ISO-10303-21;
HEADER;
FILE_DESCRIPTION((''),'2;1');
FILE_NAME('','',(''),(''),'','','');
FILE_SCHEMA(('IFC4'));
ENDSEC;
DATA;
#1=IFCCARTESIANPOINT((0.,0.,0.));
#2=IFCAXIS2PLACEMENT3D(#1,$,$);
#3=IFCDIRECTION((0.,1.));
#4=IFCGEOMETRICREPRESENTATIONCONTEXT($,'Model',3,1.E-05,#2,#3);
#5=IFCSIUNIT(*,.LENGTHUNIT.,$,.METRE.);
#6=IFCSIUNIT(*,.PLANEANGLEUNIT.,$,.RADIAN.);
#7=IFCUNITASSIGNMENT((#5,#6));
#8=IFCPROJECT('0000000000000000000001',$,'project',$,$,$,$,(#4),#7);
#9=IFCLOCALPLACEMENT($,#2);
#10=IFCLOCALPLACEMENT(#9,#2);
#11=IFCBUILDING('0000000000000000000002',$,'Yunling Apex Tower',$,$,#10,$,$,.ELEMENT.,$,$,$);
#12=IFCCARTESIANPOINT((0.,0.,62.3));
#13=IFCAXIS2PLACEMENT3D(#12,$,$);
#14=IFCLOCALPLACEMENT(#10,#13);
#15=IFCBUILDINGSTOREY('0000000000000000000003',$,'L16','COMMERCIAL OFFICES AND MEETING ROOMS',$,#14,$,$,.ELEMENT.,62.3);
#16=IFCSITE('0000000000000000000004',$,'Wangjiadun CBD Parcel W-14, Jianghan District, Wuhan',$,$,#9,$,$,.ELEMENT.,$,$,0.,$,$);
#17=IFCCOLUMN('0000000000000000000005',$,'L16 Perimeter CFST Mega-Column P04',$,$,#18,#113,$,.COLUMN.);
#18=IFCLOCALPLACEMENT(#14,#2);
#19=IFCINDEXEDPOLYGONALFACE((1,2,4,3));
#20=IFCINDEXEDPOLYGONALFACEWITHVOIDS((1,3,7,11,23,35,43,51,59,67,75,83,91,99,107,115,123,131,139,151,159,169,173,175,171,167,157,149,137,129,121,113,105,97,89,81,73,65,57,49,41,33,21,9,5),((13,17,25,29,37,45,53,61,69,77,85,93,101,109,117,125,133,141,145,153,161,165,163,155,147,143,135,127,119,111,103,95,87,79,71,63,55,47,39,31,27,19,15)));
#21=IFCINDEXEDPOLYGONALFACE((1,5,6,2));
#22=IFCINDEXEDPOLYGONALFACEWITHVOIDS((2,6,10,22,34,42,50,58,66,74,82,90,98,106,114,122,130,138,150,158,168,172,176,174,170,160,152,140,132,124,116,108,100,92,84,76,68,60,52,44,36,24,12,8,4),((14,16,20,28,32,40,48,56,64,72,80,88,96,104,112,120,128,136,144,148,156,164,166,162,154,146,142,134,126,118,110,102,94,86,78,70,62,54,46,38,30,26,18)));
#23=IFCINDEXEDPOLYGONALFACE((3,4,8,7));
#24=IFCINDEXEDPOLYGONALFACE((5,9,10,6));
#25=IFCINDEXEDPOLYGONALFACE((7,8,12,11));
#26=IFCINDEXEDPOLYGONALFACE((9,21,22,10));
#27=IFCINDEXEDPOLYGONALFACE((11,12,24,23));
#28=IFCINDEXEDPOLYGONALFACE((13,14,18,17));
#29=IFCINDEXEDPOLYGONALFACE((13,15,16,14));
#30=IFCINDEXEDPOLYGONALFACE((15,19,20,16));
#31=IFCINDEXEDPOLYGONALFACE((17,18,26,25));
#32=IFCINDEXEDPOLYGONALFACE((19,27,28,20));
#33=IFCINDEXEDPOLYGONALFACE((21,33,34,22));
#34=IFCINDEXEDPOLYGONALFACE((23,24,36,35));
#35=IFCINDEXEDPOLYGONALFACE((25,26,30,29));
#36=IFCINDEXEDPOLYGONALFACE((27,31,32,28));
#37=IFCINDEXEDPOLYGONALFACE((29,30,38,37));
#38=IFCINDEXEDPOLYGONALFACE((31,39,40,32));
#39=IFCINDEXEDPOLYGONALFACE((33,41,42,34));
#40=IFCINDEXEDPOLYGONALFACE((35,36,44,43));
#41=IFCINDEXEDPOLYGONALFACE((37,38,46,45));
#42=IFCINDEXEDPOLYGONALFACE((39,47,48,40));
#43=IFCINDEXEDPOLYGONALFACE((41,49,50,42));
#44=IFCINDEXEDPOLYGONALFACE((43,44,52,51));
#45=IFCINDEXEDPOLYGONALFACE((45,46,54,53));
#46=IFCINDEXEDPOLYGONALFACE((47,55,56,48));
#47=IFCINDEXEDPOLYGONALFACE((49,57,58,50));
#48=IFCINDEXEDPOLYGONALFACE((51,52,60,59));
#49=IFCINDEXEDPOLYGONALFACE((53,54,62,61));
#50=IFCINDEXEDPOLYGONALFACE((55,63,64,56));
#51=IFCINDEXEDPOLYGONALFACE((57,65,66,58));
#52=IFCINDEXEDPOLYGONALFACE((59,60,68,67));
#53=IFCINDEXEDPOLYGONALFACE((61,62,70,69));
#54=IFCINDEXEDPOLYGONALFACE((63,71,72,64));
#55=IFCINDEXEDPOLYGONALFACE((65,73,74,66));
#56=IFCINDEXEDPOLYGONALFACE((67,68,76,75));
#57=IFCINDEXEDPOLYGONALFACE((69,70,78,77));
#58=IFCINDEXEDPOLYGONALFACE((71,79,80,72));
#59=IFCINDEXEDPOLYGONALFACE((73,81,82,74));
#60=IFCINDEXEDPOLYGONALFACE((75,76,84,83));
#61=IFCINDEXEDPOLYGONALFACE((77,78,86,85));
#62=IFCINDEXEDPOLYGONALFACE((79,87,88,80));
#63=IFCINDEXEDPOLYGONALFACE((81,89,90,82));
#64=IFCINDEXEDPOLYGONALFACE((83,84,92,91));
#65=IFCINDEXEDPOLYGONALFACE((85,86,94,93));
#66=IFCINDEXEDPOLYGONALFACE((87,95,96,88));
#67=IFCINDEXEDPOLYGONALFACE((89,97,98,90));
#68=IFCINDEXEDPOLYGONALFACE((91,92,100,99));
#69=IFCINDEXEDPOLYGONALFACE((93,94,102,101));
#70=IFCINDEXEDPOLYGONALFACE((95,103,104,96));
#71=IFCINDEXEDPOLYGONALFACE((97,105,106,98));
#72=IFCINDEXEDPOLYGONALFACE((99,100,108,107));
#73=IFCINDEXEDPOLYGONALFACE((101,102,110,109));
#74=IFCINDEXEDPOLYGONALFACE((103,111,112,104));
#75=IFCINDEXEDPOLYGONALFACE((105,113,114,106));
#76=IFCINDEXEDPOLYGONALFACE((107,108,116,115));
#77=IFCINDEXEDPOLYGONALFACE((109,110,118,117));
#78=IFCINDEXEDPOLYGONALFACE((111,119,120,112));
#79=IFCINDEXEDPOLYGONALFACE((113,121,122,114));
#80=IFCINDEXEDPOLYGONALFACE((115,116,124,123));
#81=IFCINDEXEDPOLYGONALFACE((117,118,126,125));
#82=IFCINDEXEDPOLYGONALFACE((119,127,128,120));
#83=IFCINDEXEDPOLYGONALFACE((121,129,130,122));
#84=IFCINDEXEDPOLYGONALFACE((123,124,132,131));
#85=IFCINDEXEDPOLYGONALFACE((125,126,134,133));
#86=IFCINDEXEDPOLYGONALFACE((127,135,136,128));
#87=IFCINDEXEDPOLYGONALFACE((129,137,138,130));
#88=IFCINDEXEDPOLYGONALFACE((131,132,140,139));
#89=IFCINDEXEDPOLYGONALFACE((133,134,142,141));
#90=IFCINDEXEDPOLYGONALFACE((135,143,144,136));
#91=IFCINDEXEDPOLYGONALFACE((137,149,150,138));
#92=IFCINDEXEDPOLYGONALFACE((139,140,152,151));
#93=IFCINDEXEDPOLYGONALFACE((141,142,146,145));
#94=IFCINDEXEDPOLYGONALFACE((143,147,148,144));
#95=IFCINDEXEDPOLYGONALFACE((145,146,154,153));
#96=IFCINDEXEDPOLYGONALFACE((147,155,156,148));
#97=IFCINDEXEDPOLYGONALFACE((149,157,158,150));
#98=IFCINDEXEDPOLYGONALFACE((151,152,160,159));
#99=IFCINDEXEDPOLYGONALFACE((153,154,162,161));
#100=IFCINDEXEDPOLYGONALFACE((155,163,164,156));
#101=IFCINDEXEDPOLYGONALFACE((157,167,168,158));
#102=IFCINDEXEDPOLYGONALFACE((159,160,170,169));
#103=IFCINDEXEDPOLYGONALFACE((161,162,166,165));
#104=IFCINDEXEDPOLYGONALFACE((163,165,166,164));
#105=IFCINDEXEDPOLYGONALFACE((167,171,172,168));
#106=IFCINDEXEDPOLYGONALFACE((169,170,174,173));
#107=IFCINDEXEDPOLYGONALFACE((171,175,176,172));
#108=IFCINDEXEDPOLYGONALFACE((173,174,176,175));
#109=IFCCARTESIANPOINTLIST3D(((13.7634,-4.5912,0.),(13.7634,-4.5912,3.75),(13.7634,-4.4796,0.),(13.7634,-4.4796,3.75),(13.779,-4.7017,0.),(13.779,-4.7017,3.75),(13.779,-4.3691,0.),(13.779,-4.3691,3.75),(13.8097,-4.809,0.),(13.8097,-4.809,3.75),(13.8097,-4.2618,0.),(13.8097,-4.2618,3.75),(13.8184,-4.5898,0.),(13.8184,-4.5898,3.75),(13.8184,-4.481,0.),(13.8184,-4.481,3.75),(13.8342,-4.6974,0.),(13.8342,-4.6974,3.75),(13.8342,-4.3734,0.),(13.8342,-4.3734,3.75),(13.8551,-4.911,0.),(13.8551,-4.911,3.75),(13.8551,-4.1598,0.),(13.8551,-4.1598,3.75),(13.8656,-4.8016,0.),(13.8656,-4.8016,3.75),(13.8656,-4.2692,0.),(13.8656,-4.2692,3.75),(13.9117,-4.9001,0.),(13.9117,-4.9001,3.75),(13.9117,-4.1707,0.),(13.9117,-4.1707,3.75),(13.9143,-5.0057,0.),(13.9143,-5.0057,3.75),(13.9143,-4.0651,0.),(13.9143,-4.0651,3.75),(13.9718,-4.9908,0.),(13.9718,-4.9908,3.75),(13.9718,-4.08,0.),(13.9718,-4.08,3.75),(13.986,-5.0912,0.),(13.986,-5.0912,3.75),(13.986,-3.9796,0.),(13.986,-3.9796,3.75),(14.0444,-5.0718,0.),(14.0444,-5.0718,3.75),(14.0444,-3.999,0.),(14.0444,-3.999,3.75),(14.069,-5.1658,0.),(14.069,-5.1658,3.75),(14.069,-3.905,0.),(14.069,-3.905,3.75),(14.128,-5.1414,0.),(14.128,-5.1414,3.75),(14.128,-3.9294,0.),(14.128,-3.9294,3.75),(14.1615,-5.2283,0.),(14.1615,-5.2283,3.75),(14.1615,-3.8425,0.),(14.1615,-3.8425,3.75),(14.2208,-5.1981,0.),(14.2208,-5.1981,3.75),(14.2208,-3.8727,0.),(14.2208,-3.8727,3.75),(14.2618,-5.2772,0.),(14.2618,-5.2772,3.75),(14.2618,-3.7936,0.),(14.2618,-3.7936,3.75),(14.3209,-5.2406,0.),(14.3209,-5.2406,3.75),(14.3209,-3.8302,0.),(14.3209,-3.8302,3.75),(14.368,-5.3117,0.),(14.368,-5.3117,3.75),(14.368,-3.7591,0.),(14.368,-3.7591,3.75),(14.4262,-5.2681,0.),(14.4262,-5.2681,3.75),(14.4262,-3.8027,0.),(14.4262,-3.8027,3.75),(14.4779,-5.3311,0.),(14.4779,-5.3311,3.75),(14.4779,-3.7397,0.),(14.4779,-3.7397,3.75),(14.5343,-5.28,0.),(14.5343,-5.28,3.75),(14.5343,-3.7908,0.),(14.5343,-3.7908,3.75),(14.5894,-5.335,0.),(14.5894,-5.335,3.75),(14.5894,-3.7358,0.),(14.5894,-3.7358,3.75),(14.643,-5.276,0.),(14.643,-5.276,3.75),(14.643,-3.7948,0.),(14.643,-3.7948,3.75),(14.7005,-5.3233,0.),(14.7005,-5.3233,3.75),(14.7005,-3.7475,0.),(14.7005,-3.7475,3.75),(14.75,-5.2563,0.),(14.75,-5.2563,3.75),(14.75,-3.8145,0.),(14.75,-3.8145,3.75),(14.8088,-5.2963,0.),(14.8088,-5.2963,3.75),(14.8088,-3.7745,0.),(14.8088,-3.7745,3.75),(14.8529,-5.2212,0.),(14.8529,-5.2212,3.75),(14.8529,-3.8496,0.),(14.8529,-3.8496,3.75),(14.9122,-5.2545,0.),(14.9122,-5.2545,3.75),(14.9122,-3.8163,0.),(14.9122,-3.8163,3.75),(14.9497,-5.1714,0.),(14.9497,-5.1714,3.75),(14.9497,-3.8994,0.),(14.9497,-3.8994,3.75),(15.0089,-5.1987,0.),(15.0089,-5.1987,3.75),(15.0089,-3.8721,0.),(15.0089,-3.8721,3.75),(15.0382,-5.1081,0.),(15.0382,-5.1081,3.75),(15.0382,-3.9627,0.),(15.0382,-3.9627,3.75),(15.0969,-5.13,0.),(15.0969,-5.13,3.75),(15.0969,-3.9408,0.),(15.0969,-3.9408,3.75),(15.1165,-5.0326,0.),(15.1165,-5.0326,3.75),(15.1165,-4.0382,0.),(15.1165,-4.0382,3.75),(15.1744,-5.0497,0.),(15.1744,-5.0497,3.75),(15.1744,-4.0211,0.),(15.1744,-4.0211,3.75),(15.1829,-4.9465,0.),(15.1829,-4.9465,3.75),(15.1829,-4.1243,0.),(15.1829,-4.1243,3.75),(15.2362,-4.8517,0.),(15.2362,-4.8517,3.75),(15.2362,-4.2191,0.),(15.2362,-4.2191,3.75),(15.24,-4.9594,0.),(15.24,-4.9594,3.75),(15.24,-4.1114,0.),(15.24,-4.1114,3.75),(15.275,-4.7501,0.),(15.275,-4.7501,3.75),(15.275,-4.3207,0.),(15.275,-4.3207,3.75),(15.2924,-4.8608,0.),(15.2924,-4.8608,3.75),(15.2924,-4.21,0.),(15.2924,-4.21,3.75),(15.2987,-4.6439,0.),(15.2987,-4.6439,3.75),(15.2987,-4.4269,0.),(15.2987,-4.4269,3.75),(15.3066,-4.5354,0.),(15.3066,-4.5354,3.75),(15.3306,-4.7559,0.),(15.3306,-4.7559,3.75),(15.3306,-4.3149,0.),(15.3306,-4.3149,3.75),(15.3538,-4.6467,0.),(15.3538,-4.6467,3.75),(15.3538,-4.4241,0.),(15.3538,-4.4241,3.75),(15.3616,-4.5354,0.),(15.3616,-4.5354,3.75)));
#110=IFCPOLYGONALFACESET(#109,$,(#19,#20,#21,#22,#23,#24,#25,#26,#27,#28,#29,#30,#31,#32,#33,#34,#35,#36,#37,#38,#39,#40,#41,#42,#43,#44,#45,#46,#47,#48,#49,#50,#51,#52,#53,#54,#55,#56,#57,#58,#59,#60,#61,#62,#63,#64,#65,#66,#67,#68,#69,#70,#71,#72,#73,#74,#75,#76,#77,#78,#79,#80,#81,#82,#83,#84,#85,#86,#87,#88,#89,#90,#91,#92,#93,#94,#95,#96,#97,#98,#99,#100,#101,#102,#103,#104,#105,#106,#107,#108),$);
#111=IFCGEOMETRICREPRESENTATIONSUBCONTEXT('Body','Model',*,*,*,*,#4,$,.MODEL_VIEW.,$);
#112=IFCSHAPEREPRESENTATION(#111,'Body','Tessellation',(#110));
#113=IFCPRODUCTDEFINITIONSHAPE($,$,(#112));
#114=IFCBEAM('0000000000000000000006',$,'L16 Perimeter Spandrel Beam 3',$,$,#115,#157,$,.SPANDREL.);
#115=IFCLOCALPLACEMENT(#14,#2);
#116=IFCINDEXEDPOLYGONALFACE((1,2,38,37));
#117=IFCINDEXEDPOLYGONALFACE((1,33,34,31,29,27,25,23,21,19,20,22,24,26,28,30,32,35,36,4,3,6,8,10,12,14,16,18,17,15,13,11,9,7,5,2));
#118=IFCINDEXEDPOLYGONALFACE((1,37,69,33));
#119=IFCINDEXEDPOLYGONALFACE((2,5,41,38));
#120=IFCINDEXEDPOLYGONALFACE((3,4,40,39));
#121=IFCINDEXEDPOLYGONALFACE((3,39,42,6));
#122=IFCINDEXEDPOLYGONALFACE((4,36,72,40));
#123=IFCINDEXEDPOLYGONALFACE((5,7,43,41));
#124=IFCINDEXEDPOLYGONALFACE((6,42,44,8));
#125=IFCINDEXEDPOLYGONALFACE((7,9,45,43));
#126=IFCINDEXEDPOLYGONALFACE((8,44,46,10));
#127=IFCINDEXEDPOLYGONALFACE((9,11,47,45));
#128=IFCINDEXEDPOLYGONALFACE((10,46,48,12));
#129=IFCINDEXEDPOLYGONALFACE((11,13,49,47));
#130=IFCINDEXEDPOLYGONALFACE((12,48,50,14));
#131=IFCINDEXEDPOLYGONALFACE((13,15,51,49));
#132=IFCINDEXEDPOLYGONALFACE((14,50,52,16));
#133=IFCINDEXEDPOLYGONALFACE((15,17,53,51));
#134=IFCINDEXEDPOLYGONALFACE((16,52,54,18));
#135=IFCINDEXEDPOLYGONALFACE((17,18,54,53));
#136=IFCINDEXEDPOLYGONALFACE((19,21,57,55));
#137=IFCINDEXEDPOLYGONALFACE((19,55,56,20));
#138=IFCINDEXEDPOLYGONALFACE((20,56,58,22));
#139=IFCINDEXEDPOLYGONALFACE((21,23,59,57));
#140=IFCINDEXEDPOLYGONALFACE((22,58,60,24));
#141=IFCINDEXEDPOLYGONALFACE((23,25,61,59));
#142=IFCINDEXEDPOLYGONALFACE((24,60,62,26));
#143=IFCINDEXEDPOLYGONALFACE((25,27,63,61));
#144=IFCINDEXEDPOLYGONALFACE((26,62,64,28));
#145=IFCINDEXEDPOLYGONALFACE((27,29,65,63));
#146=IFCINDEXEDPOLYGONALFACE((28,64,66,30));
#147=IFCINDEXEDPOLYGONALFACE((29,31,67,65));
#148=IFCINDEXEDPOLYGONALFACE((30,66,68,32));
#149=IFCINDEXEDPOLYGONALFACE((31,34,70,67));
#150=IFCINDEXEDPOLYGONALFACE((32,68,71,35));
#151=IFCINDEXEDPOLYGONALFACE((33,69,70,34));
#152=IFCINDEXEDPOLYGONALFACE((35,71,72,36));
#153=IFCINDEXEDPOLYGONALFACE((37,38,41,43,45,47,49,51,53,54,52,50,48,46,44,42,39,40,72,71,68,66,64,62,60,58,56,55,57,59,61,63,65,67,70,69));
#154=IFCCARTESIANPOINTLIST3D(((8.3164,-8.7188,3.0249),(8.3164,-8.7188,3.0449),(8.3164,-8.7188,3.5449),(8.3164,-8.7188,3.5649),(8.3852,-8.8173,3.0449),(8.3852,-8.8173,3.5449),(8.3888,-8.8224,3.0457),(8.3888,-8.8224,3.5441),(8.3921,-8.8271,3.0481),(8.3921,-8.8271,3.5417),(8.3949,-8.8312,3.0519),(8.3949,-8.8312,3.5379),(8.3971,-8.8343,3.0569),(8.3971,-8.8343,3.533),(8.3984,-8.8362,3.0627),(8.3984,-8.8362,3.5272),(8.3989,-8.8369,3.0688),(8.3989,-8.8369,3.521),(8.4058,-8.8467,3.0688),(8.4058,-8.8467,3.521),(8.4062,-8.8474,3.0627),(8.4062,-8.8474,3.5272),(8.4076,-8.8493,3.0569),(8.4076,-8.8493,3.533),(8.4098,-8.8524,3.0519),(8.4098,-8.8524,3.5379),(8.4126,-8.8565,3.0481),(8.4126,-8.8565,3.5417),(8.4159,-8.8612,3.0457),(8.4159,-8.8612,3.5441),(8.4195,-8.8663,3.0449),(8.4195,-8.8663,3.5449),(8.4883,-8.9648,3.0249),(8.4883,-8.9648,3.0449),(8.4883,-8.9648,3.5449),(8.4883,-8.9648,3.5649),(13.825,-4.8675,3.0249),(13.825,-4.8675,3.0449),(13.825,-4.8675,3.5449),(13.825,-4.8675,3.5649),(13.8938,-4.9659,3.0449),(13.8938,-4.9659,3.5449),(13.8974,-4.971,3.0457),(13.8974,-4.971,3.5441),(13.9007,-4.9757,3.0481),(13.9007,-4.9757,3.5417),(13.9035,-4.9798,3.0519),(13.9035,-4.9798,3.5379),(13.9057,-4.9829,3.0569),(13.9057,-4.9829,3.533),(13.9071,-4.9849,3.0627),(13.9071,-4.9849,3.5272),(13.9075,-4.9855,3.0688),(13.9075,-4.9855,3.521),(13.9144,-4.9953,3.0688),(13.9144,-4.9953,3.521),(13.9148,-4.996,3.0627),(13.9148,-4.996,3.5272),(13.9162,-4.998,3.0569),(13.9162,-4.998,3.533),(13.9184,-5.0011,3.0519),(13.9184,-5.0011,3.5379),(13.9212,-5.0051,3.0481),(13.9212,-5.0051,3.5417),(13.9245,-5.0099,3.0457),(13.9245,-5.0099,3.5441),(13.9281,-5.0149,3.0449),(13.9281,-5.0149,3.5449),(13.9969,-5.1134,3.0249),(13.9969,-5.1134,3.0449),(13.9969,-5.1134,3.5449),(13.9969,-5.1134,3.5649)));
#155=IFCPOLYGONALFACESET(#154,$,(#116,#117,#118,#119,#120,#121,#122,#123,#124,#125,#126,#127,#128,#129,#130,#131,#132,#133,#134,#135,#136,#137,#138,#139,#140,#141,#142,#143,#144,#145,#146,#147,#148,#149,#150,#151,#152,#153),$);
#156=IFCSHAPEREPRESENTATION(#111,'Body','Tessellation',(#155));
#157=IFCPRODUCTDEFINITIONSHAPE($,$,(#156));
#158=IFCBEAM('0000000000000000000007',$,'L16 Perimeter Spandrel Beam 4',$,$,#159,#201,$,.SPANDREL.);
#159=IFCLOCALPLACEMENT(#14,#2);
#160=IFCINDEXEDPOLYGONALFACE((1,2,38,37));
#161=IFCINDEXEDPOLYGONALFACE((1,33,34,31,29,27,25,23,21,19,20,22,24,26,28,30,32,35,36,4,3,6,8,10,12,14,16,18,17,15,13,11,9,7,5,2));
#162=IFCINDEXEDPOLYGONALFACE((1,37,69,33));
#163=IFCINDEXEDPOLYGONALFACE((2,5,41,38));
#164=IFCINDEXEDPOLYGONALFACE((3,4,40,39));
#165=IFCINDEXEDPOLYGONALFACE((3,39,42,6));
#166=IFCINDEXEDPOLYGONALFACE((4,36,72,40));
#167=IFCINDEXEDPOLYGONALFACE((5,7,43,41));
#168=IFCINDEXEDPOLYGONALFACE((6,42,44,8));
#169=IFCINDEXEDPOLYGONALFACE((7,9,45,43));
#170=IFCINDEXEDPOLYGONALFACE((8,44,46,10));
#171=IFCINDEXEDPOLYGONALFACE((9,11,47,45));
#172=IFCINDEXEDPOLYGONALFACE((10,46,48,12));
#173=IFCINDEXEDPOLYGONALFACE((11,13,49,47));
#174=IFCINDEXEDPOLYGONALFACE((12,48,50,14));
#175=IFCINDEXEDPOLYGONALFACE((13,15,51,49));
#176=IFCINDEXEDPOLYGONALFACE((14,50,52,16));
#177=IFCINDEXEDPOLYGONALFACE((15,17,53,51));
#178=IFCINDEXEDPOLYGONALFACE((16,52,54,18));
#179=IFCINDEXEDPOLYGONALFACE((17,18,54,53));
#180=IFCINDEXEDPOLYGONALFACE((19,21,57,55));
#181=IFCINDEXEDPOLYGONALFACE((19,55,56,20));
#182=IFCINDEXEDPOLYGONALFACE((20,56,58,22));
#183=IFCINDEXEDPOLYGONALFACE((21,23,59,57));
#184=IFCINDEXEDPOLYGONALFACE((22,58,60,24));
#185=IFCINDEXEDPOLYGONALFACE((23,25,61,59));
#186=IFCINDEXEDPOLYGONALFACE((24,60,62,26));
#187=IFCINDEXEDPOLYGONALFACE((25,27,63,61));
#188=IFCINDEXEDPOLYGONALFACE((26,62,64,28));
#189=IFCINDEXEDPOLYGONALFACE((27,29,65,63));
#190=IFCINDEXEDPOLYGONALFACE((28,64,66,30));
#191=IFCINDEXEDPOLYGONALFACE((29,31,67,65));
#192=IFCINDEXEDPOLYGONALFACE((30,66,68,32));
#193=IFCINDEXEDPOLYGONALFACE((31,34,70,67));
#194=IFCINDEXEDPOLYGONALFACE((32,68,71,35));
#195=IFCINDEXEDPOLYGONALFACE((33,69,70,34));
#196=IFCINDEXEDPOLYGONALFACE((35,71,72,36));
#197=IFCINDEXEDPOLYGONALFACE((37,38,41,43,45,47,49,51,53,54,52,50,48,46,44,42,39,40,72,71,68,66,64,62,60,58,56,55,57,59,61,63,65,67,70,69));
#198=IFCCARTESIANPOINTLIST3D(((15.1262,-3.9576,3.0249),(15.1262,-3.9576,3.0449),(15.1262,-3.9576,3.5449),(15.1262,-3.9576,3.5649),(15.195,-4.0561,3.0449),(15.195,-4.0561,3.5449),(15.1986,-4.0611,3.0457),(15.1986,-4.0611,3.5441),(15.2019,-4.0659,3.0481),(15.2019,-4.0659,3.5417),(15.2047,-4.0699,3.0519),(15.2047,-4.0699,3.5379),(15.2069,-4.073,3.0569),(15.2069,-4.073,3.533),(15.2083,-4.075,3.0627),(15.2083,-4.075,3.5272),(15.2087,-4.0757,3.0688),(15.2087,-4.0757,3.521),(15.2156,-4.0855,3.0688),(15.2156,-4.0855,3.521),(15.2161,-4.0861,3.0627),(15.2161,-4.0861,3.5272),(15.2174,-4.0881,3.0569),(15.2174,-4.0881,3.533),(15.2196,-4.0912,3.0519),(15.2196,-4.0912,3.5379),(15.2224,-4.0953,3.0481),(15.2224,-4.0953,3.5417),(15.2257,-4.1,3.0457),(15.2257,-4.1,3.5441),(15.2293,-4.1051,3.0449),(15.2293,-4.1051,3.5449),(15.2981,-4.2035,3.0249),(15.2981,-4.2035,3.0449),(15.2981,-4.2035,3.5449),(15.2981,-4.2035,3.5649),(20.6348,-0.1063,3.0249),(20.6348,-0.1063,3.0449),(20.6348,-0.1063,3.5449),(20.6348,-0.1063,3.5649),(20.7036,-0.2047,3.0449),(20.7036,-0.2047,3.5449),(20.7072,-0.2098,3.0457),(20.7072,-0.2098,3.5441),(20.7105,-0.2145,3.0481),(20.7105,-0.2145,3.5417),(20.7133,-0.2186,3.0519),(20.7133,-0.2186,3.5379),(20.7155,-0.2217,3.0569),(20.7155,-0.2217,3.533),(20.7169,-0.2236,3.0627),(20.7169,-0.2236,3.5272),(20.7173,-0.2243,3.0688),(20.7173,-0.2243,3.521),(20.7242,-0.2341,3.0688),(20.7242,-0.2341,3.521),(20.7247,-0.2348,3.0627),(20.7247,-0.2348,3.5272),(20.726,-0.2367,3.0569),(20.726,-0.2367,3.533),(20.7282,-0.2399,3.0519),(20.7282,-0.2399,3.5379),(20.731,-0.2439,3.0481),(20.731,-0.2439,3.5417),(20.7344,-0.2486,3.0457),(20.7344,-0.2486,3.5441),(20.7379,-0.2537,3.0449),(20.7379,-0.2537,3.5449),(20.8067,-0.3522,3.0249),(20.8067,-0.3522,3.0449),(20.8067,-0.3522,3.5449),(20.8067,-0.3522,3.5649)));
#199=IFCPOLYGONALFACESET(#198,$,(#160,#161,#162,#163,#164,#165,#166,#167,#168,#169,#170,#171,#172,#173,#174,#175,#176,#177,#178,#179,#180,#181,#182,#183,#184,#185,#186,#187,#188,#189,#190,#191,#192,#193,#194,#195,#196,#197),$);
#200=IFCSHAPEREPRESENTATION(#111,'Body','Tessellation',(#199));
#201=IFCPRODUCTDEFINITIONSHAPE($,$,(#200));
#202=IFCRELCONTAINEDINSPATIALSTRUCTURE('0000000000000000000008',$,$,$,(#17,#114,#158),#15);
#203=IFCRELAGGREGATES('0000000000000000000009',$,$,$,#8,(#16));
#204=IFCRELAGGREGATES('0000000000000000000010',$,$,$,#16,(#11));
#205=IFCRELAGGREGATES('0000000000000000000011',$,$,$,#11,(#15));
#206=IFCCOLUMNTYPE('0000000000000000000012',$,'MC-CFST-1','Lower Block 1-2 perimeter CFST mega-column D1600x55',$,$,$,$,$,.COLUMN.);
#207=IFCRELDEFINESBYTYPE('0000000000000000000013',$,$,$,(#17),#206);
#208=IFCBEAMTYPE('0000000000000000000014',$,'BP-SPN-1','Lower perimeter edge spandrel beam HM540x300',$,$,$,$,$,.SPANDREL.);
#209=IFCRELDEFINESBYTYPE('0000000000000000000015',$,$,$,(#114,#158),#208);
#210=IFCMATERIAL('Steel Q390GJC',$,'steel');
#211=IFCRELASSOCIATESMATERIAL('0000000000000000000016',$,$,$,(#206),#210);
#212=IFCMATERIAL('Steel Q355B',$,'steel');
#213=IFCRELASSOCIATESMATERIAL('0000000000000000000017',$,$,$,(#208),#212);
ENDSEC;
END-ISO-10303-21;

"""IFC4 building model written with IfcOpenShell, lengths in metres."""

from ifc_helpers import new_model, si_unit, direction, frame, origin, origin_2d, place, context, subcontext, project, spatial, hollow_circle, i_section, extrude, source, transform, mapped, material, material_profile, profile_set, type_object, element, save


model = new_model("IFC4")

# Units and contexts
model_context = context("Model", 3, precision=1e-05, world=origin(), true_north=direction((0.0, 1.0)))
body_context = subcontext(model_context, "Body", "Model", "MODEL_VIEW")
ifc_project = project(units=[si_unit("LENGTHUNIT", "METRE"), si_unit("PLANEANGLEUNIT", "RADIAN")], contexts=[model_context])

# Site, building, storey
site_placement = place(None, origin())
site = spatial("IfcSite", under=ifc_project, at=site_placement, Name="Wangjiadun CBD Parcel W-14, Jianghan District, Wuhan", CompositionType="ELEMENT", RefElevation=0.0)
building_placement = place(site_placement, origin())
building = spatial("IfcBuilding", under=site, at=building_placement, Name="Yunling Apex Tower", CompositionType="ELEMENT")
storey_placement = place(building_placement, frame((0.0, 0.0, 62.3)))
storey = spatial("IfcBuildingStorey", under=building, at=storey_placement, Name="L16", Description="COMMERCIAL OFFICES AND MEETING ROOMS", CompositionType="ELEMENT", Elevation=62.3)

# Column
ifc_material_1 = material(Name="Steel Q390GJC", Category="steel")
ifc_material_profile_1 = material_profile(ifc_material_1, hollow_circle(Radius=0.8, WallThickness=0.0549, at=origin_2d()))
ifc_profile_set_1 = profile_set([ifc_material_profile_1], Name="Steel Q390GJC")
column_type = type_object("IfcColumnType", Name="MC-CFST-1", Description="Lower Block 1-2 perimeter CFST mega-column D1600x55", PredefinedType="COLUMN", material=ifc_profile_set_1)
shared_shape_1 = source(origin(), body_context, "Body", "SweptSolid", [
    extrude(hollow_circle(Radius=0.8, WallThickness=0.0549, at=origin_2d()), origin(), (0.0, 0.0, 1.0), 3.75),
])
column_placement = place(storey_placement, frame((14.5615, -4.5354, 0.0), z_axis=(0.0, 0.0, 1.0), x_axis=(1.0, 0.0, 0.0)))
element("IfcColumn", 1, at=column_placement, inside=storey, type_object=column_type, Name="L16 Perimeter CFST Mega-Column P04", PredefinedType="COLUMN", context=body_context, shape_type="MappedRepresentation", body=[
    mapped(shared_shape_1, transform((0.0, 0.0, 0.0), scale=1.0)),
])

# Beams
ifc_material_2 = material(Name="Steel Q355B", Category="steel")
ifc_material_profile_2 = material_profile(ifc_material_2, i_section(OverallWidth=0.3, OverallDepth=0.54, WebThickness=0.012, FlangeThickness=0.02, FilletRadius=0.0239, at=origin_2d()))
ifc_profile_set_2 = profile_set([ifc_material_profile_2], Name="Steel Q355B")
beam_type_1 = type_object("IfcBeamType", Name="BP-SPN-1", Description="Lower perimeter edge spandrel beam HM540x300", PredefinedType="SPANDREL", material=ifc_profile_set_2)
shared_shape_2 = source(origin(), body_context, "Body", "SweptSolid", [
    extrude(i_section(OverallWidth=0.3, OverallDepth=0.54, WebThickness=0.012, FlangeThickness=0.02, FilletRadius=0.0239, at=origin_2d()), origin(), (0.0, 0.0, 1.0), 6.7214),
])
for number, where, z_axis, x_axis, name in (
    (2, (8.4023, -8.8418, 3.2949), (0.819558, 0.572997, 0.0), (-0.572997, 0.819558, 0.0), "L16 Perimeter Spandrel Beam 3"),
    (3, (15.2122, -4.0806, 3.2949), (0.819558, 0.572997, 0.0), (-0.572997, 0.819558, 0.0), "L16 Perimeter Spandrel Beam 4"),
):
    element("IfcBeam", number, at=place(storey_placement, frame(where, z_axis=z_axis, x_axis=x_axis)), inside=storey, type_object=beam_type_1, Name=name, PredefinedType="SPANDREL", context=body_context, shape_type="MappedRepresentation", body=[
        mapped(shared_shape_2, transform((0.0, 0.0, 0.0), scale=1.0)),
    ])

save(model, "model.ifc")
